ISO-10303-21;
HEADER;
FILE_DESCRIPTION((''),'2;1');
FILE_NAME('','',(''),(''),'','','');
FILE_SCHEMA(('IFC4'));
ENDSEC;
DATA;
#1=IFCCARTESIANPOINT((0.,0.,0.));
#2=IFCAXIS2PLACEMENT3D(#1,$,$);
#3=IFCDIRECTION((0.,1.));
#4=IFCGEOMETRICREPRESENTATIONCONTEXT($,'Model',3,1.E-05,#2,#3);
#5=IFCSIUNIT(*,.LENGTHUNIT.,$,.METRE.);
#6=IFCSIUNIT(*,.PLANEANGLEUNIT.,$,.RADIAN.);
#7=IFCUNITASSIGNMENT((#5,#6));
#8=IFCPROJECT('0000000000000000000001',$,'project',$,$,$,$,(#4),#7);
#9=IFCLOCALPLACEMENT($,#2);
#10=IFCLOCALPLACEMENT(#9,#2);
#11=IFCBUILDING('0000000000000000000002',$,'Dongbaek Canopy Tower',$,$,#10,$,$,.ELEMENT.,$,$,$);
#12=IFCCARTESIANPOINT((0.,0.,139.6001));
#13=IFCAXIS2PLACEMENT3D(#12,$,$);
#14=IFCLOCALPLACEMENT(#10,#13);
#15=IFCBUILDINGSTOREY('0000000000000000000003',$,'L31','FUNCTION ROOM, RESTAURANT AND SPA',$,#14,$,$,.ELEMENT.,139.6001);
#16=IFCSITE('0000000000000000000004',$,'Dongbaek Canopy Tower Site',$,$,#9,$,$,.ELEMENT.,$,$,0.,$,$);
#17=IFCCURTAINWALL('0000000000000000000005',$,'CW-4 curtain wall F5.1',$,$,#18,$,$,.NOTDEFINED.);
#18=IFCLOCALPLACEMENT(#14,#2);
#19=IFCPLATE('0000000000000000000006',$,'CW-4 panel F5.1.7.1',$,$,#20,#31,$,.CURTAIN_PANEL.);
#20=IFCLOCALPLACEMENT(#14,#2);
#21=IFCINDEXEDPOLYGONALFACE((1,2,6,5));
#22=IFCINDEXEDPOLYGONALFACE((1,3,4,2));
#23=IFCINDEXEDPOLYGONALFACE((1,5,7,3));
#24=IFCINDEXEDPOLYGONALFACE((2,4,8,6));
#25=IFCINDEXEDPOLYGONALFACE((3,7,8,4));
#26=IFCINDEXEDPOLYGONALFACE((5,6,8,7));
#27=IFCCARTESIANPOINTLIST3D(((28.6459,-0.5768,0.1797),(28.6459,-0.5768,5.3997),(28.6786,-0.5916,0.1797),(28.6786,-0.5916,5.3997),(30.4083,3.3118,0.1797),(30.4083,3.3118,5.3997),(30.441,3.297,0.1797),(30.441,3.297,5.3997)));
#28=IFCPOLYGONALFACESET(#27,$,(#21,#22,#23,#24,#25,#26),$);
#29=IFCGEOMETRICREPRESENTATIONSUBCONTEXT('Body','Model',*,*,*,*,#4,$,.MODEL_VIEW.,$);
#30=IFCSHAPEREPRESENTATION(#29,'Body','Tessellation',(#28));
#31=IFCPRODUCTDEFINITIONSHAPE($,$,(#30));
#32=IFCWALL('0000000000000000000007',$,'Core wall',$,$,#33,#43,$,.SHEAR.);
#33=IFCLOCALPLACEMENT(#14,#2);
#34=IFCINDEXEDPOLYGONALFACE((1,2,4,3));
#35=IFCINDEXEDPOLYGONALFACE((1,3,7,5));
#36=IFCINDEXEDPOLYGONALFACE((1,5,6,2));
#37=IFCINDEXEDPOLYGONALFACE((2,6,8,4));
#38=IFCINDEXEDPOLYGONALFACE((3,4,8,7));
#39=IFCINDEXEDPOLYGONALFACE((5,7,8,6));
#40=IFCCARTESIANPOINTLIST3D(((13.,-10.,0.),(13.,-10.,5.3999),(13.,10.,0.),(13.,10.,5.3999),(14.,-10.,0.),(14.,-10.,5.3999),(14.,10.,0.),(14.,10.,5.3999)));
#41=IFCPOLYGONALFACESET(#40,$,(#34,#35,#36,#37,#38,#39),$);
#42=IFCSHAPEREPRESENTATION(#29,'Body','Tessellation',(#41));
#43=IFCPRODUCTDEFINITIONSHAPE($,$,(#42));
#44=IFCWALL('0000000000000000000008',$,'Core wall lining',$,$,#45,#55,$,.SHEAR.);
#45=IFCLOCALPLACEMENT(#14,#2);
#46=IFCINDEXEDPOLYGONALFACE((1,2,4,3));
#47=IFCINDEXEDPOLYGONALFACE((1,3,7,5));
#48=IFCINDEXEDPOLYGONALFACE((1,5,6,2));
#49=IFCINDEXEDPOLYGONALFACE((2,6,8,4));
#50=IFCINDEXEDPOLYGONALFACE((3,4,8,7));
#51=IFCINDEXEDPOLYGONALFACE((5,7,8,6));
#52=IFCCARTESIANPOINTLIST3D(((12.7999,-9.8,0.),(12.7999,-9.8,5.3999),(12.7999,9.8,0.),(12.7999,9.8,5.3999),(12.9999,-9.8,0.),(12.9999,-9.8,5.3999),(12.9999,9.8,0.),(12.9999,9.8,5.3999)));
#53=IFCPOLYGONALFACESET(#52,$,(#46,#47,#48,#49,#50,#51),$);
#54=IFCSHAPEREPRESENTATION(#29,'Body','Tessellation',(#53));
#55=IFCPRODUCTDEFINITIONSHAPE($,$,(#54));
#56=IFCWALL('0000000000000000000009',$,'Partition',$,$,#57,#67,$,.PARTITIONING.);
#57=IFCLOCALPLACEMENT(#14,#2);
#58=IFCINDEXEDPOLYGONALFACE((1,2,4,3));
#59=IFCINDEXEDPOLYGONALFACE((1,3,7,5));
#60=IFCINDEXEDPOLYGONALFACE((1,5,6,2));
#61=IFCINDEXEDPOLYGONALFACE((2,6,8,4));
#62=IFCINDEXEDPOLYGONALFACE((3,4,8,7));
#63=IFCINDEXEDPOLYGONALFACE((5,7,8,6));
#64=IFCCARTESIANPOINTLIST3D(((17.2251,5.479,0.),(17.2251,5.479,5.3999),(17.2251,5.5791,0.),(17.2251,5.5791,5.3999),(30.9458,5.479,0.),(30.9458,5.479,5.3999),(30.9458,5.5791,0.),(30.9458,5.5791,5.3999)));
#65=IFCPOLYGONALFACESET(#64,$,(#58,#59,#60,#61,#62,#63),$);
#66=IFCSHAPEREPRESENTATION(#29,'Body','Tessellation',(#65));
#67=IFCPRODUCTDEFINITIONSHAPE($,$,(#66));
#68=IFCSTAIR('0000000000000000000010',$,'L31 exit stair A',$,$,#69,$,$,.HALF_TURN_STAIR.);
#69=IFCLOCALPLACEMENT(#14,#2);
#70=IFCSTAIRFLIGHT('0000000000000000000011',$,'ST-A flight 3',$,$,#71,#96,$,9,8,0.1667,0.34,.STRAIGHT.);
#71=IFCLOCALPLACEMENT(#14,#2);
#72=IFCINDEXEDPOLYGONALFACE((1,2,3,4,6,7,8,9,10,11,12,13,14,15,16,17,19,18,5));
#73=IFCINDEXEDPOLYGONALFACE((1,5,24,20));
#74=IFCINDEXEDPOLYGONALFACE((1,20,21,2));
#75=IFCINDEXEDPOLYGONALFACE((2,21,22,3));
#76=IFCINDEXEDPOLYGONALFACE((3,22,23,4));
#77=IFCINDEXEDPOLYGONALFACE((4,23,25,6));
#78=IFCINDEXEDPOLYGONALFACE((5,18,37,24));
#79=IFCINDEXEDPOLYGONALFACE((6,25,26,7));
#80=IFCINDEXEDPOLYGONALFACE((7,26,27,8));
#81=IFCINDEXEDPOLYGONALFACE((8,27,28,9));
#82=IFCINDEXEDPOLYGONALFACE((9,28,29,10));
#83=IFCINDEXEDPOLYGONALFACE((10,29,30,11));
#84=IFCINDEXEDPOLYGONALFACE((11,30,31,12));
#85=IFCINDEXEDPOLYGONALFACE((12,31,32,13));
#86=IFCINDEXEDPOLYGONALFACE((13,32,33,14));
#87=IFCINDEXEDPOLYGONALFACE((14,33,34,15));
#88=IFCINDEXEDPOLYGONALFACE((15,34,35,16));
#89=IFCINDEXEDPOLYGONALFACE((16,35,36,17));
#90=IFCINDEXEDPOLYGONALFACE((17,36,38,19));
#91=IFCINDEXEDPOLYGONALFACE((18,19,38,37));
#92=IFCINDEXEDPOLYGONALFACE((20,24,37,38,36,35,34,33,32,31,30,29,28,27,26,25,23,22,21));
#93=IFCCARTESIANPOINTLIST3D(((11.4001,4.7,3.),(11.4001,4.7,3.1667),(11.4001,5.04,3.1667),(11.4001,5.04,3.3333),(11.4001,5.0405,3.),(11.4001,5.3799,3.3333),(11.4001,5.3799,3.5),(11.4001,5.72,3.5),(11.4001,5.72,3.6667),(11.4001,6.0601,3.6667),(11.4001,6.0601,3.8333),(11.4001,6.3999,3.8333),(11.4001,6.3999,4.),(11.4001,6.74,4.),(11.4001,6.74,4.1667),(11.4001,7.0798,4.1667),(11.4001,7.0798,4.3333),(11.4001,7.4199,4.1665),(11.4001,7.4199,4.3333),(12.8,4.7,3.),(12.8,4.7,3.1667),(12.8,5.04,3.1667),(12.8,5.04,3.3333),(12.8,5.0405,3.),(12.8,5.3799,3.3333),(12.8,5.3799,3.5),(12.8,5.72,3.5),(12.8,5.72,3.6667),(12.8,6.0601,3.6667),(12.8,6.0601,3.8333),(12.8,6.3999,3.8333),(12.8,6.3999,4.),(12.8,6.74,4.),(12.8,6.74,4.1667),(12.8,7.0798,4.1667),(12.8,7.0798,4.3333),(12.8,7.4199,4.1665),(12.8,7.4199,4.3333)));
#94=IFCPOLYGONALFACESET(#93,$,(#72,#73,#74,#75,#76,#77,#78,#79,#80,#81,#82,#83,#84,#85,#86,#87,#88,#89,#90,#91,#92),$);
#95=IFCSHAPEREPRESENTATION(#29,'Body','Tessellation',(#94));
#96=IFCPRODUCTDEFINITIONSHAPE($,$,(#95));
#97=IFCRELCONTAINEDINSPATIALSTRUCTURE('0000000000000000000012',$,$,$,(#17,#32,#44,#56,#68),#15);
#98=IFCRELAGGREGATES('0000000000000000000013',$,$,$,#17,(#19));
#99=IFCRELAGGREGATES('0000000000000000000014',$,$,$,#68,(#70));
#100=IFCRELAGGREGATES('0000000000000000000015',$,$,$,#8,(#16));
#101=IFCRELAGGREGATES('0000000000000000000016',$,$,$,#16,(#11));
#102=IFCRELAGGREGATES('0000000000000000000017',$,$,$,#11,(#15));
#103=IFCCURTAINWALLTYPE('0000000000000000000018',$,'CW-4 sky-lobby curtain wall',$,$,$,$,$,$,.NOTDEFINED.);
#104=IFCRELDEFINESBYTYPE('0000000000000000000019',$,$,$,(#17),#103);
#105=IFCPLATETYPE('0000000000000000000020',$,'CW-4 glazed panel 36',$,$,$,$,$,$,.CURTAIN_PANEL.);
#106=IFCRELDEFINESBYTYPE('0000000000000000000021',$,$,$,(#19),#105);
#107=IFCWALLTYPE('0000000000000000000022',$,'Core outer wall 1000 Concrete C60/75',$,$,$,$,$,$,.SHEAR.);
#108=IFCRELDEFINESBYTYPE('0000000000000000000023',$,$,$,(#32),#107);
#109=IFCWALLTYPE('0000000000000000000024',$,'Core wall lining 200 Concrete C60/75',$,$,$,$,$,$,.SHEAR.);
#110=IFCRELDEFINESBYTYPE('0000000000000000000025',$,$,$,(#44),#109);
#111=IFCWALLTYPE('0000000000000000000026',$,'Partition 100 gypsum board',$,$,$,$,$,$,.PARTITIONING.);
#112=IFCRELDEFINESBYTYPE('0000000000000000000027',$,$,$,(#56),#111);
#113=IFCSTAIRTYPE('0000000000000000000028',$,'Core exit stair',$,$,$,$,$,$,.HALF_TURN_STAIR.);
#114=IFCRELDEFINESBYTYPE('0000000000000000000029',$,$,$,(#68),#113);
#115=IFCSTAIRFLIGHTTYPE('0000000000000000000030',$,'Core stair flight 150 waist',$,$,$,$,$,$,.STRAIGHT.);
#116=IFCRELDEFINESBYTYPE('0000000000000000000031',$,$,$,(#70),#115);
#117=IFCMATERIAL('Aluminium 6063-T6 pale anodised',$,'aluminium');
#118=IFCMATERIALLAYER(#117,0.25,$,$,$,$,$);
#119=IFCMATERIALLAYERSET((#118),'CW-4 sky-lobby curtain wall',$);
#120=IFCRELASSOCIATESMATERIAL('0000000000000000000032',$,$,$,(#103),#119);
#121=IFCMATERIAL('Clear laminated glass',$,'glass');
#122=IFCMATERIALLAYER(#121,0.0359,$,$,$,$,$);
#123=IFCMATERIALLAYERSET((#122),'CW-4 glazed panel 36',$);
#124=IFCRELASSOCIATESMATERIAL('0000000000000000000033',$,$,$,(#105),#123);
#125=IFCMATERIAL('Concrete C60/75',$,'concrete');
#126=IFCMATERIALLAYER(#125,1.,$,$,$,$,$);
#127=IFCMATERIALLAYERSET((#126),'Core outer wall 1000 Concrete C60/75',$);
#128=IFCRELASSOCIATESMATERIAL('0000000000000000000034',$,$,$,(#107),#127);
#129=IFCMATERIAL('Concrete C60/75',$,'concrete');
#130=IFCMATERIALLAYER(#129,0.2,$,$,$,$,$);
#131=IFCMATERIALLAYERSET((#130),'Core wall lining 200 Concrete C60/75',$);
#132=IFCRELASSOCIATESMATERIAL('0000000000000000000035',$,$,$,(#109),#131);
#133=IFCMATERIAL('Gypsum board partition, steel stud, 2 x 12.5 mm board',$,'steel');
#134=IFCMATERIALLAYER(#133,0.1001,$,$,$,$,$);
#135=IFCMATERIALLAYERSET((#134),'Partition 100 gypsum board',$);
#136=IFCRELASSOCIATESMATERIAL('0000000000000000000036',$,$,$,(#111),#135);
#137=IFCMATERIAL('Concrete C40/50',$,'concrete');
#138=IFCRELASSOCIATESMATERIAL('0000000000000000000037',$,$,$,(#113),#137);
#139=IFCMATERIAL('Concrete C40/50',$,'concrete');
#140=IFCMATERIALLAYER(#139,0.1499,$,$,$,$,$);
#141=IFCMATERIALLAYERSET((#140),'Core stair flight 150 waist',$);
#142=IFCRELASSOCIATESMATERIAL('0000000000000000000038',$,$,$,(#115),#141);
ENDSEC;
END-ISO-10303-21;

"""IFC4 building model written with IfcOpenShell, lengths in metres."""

from ifc_helpers import new_model, si_unit, direction, frame, frame_2d, origin, origin_2d, place, context, subcontext, project, spatial, polyline, rectangle, outline, extrude, material, layer, layer_set, type_object, element, aggregate, save


model = new_model("IFC4")

# Units and contexts
model_context = context("Model", 3, precision=1e-05, world=origin(), true_north=direction((0.0, 1.0)))
body_context = subcontext(model_context, "Body", "Model", "MODEL_VIEW")
ifc_project = project(units=[si_unit("LENGTHUNIT", "METRE"), si_unit("PLANEANGLEUNIT", "RADIAN")], contexts=[model_context])

# Site, building, storey
site_placement = place(None, origin())
site = spatial("IfcSite", under=ifc_project, at=site_placement, Name="Dongbaek Canopy Tower Site", CompositionType="ELEMENT", RefElevation=0.0)
building_placement = place(site_placement, origin())
building = spatial("IfcBuilding", under=site, at=building_placement, Name="Dongbaek Canopy Tower", CompositionType="ELEMENT")
storey_placement = place(building_placement, frame((0.0, 0.0, 139.6001)))
storey = spatial("IfcBuildingStorey", under=building, at=storey_placement, Name="L31", Description="FUNCTION ROOM, RESTAURANT AND SPA", CompositionType="ELEMENT", Elevation=139.6001)

# Shared definitions
ifc_material_1 = material(Name="Aluminium 6063-T6 pale anodised", Category="aluminium")
ifc_layer_1 = layer(ifc_material_1, 0.25)
ifc_layer_set_1 = layer_set([ifc_layer_1], Name="CW-4 sky-lobby curtain wall")
curtain_wall_type = type_object("IfcCurtainWallType", Name="CW-4 sky-lobby curtain wall", PredefinedType="NOTDEFINED", material=ifc_layer_set_1)

# Shared definitions
ifc_material_2 = material(Name="Clear laminated glass", Category="glass")
ifc_layer_2 = layer(ifc_material_2, 0.0359)
ifc_layer_set_2 = layer_set([ifc_layer_2], Name="CW-4 glazed panel 36")
plate_type = type_object("IfcPlateType", Name="CW-4 glazed panel 36", PredefinedType="CURTAIN_PANEL", material=ifc_layer_set_2)

# Curtain wall, plate
curtain_wall_1_placement = place(storey_placement, origin())
curtain_wall_1 = element("IfcCurtainWall", 1, at=curtain_wall_1_placement, inside=storey, type_object=curtain_wall_type, Name="CW-4 curtain wall F5.1", PredefinedType="NOTDEFINED")
plate_1_placement = place(storey_placement, frame((29.5435, 1.3601, 0.1797), z_axis=(0.0, 0.0, 1.0), x_axis=(0.412804, 0.91082, 0.0)))
plate_1 = element("IfcPlate", 2, at=plate_1_placement, type_object=plate_type, Name="CW-4 panel F5.1.7.1", PredefinedType="CURTAIN_PANEL", context=body_context, shape_type="SweptSolid", body=[
    extrude(rectangle(XDim=4.2693, YDim=0.0359, at=origin_2d()), origin(), (0.0, 0.0, 1.0), 5.22),
])
aggregate(curtain_wall_1, [plate_1])

# Walls
ifc_material_3 = material(Name="Concrete C60/75", Category="concrete")
ifc_layer_3 = layer(ifc_material_3, 1.0)
ifc_layer_set_3 = layer_set([ifc_layer_3], Name="Core outer wall 1000 Concrete C60/75")
wall_type_1 = type_object("IfcWallType", Name="Core outer wall 1000 Concrete C60/75", PredefinedType="SHEAR", material=ifc_layer_set_3)
wall_1_placement = place(storey_placement, frame((13.5, 10.0, 0.0), z_axis=(0.0, 0.0, 1.0), x_axis=(0.0, -1.0, 0.0)))
element("IfcWall", 3, at=wall_1_placement, inside=storey, type_object=wall_type_1, Name="Core wall", PredefinedType="SHEAR", context=body_context, shape_type="SweptSolid", body=[
    extrude(rectangle(XDim=20.0, YDim=1.0, at=frame_2d((10.0, 0.0))), origin(), (0.0, 0.0, 1.0), 5.3999),
])
ifc_material_4 = material(Name="Concrete C60/75", Category="concrete")
ifc_layer_4 = layer(ifc_material_4, 0.2)
ifc_layer_set_4 = layer_set([ifc_layer_4], Name="Core wall lining 200 Concrete C60/75")
wall_type_2 = type_object("IfcWallType", Name="Core wall lining 200 Concrete C60/75", PredefinedType="SHEAR", material=ifc_layer_set_4)
wall_2_placement = place(storey_placement, frame((12.8999, 9.8, 0.0), z_axis=(0.0, 0.0, 1.0), x_axis=(0.0, -1.0, 0.0)))
element("IfcWall", 4, at=wall_2_placement, inside=storey, type_object=wall_type_2, Name="Core wall lining", PredefinedType="SHEAR", context=body_context, shape_type="SweptSolid", body=[
    extrude(rectangle(XDim=19.6001, YDim=0.2, at=frame_2d((9.8, 0.0))), origin(), (0.0, 0.0, 1.0), 5.3999),
])
ifc_material_5 = material(Name="Gypsum board partition, steel stud, 2 x 12.5 mm board", Category="steel")
ifc_layer_5 = layer(ifc_material_5, 0.1001)
ifc_layer_set_5 = layer_set([ifc_layer_5], Name="Partition 100 gypsum board")
wall_type_3 = type_object("IfcWallType", Name="Partition 100 gypsum board", PredefinedType="PARTITIONING", material=ifc_layer_set_5)
wall_3_placement = place(storey_placement, frame((17.2251, 5.5291, 0.0), z_axis=(0.0, 0.0, 1.0), x_axis=(1.0, 0.0, 0.0)))
element("IfcWall", 5, at=wall_3_placement, inside=storey, type_object=wall_type_3, Name="Partition", PredefinedType="PARTITIONING", context=body_context, shape_type="SweptSolid", body=[
    extrude(rectangle(XDim=13.7207, YDim=0.1001, at=frame_2d((6.8604, 0.0))), origin(), (0.0, 0.0, 1.0), 5.3999),
])

# Stair, stair flight
ifc_material_6 = material(Name="Concrete C40/50", Category="concrete")
stair_type = type_object("IfcStairType", Name="Core exit stair", PredefinedType="HALF_TURN_STAIR", material=ifc_material_6)
stair_placement = place(storey_placement, origin())
stair = element("IfcStair", 6, at=stair_placement, inside=storey, type_object=stair_type, Name="L31 exit stair A", PredefinedType="HALF_TURN_STAIR")
ifc_material_7 = material(Name="Concrete C40/50", Category="concrete")
ifc_layer_6 = layer(ifc_material_7, 0.1499)
ifc_layer_set_6 = layer_set([ifc_layer_6], Name="Core stair flight 150 waist")
stair_flight_type = type_object("IfcStairFlightType", Name="Core stair flight 150 waist", PredefinedType="STRAIGHT", material=ifc_layer_set_6)
stair_flight_placement = place(storey_placement, frame((12.1001, 4.7, 3.0), z_axis=(0.0, 0.0, 1.0), x_axis=(0.0, 1.0, 0.0)))
stair_flight = element("IfcStairFlight", 7, at=stair_flight_placement, type_object=stair_flight_type, Name="ST-A flight 3", NumberOfRisers=9, NumberOfTreads=8, PredefinedType="STRAIGHT", RiserHeight=0.1667, TreadLength=0.34, context=body_context, shape_type="SweptSolid", body=[
    extrude(outline(polyline([(0.0, 0.0), (0.0, 0.1667), (0.3401, 0.1667), (0.3401, 0.3333), (0.6799, 0.3333), (0.6799, 0.5), (1.02, 0.5), (1.02, 0.6667), (1.3601, 0.6667), (1.3601, 0.8333), (1.7, 0.8333), (1.7, 1.0), (2.04, 1.0), (2.04, 1.1667), (2.3799, 1.1667), (2.3799, 1.3333), (2.72, 1.3333), (2.72, 1.5), (2.72, 1.1665), (0.3406, 0.0), (0.0, 0.0)])), frame((0.0, 0.7, 0.0), z_axis=(0.0, -1.0, 0.0), x_axis=(1.0, 0.0, 0.0)), (0.0, 0.0, 1.0), 1.3999),
])
aggregate(stair, [stair_flight])

save(model, "model.ifc")
